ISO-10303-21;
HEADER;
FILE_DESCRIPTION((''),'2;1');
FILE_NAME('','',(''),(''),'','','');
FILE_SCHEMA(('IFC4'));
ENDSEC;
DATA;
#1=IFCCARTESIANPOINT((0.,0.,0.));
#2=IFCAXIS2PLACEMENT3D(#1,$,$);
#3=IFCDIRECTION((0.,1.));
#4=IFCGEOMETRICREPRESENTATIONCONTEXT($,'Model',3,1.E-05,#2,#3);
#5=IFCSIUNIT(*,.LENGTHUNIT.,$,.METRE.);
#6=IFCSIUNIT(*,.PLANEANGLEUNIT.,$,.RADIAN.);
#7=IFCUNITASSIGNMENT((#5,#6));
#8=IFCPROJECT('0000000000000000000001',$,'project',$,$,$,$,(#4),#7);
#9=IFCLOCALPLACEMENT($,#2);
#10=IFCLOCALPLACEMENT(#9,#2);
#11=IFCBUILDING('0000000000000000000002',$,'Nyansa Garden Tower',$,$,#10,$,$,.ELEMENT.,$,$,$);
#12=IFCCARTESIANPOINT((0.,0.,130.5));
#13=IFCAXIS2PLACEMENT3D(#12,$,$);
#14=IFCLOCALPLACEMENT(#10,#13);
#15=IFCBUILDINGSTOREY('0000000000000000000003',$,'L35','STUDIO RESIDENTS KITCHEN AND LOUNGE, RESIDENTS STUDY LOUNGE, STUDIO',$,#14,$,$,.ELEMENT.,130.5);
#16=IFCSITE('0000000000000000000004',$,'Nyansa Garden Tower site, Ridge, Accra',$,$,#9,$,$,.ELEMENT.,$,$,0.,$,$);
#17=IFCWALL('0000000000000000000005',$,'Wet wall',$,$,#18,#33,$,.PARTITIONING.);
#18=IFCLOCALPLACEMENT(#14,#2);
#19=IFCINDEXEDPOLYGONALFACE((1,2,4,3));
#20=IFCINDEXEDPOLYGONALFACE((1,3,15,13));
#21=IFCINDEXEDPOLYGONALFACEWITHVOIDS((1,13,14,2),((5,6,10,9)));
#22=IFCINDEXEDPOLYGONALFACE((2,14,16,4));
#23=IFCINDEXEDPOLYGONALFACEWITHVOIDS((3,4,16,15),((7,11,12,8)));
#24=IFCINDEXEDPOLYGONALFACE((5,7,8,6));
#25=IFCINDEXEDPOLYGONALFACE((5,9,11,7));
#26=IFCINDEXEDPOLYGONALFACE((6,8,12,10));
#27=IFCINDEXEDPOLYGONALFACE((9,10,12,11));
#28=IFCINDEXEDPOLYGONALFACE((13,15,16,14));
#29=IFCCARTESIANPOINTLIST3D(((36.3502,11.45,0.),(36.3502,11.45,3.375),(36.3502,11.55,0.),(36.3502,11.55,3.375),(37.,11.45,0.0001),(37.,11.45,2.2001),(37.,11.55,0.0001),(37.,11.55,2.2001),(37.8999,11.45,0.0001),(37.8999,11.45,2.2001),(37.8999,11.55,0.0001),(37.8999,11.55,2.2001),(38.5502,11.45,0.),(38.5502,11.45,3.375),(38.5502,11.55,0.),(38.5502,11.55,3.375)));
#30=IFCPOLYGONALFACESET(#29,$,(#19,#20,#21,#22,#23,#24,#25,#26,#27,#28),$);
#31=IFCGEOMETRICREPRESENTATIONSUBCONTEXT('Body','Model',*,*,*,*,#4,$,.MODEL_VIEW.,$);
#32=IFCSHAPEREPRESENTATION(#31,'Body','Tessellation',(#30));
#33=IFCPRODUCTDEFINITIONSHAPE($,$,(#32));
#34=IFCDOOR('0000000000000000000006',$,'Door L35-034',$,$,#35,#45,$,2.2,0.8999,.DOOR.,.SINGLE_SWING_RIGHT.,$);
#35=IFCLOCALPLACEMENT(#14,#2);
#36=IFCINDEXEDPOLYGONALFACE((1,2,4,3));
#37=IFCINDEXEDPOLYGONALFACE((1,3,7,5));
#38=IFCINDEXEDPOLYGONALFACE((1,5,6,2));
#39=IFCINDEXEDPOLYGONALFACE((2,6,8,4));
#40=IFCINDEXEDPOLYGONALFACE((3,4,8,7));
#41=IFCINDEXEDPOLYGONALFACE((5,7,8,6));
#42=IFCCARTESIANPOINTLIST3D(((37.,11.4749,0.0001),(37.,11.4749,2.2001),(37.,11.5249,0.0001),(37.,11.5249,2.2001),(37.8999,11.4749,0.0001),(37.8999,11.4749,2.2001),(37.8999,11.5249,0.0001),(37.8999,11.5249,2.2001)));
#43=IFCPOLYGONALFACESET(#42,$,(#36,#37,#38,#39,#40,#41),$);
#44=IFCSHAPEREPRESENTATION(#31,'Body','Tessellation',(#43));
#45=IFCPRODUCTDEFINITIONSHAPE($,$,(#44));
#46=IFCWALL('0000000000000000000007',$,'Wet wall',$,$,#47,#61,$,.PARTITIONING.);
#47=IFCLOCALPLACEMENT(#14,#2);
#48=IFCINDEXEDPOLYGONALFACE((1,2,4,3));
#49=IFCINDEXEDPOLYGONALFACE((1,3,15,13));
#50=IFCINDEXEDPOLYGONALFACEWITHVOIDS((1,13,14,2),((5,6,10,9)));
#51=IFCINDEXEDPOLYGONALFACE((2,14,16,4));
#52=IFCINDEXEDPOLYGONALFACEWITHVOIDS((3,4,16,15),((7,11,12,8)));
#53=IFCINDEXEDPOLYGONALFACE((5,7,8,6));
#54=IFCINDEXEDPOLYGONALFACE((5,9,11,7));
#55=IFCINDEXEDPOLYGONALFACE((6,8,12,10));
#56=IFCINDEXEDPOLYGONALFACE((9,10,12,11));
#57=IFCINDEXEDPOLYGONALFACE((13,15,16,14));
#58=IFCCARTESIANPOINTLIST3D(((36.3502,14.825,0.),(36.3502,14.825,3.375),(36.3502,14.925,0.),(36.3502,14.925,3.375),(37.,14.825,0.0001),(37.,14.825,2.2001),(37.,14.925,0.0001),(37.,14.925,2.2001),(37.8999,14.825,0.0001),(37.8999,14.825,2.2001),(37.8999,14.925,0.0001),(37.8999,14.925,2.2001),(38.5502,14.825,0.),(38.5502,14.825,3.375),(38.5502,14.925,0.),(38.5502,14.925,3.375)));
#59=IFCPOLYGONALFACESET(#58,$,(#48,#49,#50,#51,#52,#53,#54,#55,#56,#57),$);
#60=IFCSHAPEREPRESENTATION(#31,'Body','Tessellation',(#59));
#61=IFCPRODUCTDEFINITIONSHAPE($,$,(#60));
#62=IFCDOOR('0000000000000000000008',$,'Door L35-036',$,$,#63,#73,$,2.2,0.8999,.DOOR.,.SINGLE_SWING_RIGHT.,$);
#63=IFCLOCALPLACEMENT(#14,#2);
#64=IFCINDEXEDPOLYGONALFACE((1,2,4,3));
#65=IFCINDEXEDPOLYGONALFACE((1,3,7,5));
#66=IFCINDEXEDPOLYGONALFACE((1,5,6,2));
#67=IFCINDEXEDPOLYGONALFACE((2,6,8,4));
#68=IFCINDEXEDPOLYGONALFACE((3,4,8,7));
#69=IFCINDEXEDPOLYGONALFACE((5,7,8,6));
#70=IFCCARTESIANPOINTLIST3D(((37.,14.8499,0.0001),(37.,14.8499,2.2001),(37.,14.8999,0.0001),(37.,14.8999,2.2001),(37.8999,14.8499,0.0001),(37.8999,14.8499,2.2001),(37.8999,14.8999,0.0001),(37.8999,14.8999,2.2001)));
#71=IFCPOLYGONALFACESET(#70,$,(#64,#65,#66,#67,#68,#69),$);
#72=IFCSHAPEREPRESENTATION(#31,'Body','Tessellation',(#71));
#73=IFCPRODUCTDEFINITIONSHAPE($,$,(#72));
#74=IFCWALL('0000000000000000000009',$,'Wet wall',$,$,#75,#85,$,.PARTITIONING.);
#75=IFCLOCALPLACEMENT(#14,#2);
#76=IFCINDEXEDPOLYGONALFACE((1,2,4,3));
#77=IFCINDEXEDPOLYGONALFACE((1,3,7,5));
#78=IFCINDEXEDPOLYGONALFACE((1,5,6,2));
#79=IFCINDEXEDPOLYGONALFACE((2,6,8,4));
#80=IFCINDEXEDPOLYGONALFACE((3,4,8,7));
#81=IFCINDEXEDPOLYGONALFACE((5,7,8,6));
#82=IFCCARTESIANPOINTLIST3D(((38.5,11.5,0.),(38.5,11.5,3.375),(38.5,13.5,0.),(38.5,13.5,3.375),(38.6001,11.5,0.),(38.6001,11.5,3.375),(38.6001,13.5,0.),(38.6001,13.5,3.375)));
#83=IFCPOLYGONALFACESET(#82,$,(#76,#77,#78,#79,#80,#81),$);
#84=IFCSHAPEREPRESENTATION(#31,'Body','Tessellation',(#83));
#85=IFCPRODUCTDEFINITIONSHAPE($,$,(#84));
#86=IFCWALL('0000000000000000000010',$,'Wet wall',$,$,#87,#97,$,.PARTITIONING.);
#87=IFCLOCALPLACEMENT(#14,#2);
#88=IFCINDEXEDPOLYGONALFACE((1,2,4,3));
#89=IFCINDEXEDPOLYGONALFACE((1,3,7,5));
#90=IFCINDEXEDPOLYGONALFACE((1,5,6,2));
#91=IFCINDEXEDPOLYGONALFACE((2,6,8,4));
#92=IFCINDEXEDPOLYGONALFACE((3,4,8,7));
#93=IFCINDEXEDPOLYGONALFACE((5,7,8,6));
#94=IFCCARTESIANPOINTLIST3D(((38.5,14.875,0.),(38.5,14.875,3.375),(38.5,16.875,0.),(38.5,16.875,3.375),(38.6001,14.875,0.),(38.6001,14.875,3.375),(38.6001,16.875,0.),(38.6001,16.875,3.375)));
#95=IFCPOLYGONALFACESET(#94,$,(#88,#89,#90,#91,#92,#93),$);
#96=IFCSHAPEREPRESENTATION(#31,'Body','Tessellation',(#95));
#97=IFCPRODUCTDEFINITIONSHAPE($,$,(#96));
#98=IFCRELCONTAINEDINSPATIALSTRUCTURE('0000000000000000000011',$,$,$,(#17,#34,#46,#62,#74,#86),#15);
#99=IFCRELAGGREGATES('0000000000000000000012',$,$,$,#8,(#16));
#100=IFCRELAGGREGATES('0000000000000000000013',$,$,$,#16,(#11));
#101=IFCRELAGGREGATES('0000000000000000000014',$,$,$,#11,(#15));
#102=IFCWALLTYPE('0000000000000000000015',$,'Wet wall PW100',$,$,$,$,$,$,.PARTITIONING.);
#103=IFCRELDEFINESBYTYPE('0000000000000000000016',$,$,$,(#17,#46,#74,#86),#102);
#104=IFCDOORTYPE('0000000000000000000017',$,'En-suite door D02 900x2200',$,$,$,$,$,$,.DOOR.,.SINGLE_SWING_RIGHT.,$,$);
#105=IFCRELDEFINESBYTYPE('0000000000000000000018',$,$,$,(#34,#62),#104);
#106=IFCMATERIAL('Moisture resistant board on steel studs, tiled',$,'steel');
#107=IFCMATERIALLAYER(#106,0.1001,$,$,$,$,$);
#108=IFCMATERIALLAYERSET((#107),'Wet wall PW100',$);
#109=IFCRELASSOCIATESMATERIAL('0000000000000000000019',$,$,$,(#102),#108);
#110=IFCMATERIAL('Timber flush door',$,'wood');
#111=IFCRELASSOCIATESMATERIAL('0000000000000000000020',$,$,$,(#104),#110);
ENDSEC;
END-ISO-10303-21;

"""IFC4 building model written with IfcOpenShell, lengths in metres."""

from ifc_helpers import new_model, si_unit, direction, frame, frame_2d, origin, place, context, subcontext, project, spatial, rectangle, extrude, material, layer, layer_set, type_object, element, fill, save


model = new_model("IFC4")

# Units and contexts
model_context = context("Model", 3, precision=1e-05, world=origin(), true_north=direction((0.0, 1.0)))
body_context = subcontext(model_context, "Body", "Model", "MODEL_VIEW")
ifc_project = project(units=[si_unit("LENGTHUNIT", "METRE"), si_unit("PLANEANGLEUNIT", "RADIAN")], contexts=[model_context])

# Site, building, storey
site_placement = place(None, origin())
site = spatial("IfcSite", under=ifc_project, at=site_placement, Name="Nyansa Garden Tower site, Ridge, Accra", CompositionType="ELEMENT", RefElevation=0.0)
building_placement = place(site_placement, origin())
building = spatial("IfcBuilding", under=site, at=building_placement, Name="Nyansa Garden Tower", CompositionType="ELEMENT")
storey_placement = place(building_placement, frame((0.0, 0.0, 130.5)))
storey = spatial("IfcBuildingStorey", under=building, at=storey_placement, Name="L35", Description="STUDIO RESIDENTS KITCHEN AND LOUNGE, RESIDENTS STUDY LOUNGE, STUDIO", CompositionType="ELEMENT", Elevation=130.5)

# Walls, openings, doors
ifc_material_1 = material(Name="Moisture resistant board on steel studs, tiled", Category="steel")
ifc_layer_1 = layer(ifc_material_1, 0.1001)
ifc_layer_set_1 = layer_set([ifc_layer_1], Name="Wet wall PW100")
wall_type_1 = type_object("IfcWallType", Name="Wet wall PW100", PredefinedType="PARTITIONING", material=ifc_layer_set_1)
wall_1_placement = place(storey_placement, frame((36.3501, 11.5, 0.0), z_axis=(0.0, 0.0, 1.0), x_axis=(1.0, 0.0, 0.0)))
wall_1 = element("IfcWall", 1, at=wall_1_placement, inside=storey, type_object=wall_type_1, Name="Wet wall", PredefinedType="PARTITIONING", context=body_context, shape_type="SweptSolid", body=[
    extrude(rectangle(XDim=2.2, YDim=0.1001, at=frame_2d((1.1001, 0.0))), origin(), (0.0, 0.0, 1.0), 3.375),
])
opening_1_placement = place(wall_1_placement, frame((0.6499, 0.0, 0.0)))
opening_1 = element("IfcOpeningElement", 2, at=opening_1_placement, cuts=wall_1, PredefinedType="OPENING", context=body_context, shape_type="SweptSolid", body=[
    extrude(rectangle(XDim=0.8999, YDim=2.2, at=frame_2d((0.45, 1.1001))), frame((0.0, 0.0601, 0.0), z_axis=(0.0, -1.0, 0.0), x_axis=(1.0, 0.0, 0.0)), (0.0, 0.0, 1.0), 0.1201),
])
ifc_material_2 = material(Name="Timber flush door", Category="wood")
door_type_1 = type_object("IfcDoorType", Name="En-suite door D02 900x2200", OperationType="SINGLE_SWING_RIGHT", PredefinedType="DOOR", material=ifc_material_2)
door_1_placement = place(opening_1_placement, origin())
door_1 = element("IfcDoor", 3, at=door_1_placement, inside=storey, type_object=door_type_1, Name="Door L35-034", OperationType="SINGLE_SWING_RIGHT", OverallHeight=2.2, OverallWidth=0.8999, PredefinedType="DOOR", context=body_context, shape_type="SweptSolid", body=[
    extrude(rectangle(XDim=0.8999, YDim=2.2, at=frame_2d((0.45, 1.1001))), frame((0.0, 0.0249, 0.0), z_axis=(0.0, -1.0, 0.0), x_axis=(1.0, 0.0, 0.0)), (0.0, 0.0, 1.0), 0.05),
])
fill(opening_1, door_1)
wall_2_placement = place(storey_placement, frame((36.3501, 14.875, 0.0), z_axis=(0.0, 0.0, 1.0), x_axis=(1.0, 0.0, 0.0)))
wall_2 = element("IfcWall", 4, at=wall_2_placement, inside=storey, type_object=wall_type_1, Name="Wet wall", PredefinedType="PARTITIONING", context=body_context, shape_type="SweptSolid", body=[
    extrude(rectangle(XDim=2.2, YDim=0.1001, at=frame_2d((1.1001, 0.0))), origin(), (0.0, 0.0, 1.0), 3.375),
])
opening_2_placement = place(wall_2_placement, frame((0.6499, 0.0, 0.0)))
opening_2 = element("IfcOpeningElement", 5, at=opening_2_placement, cuts=wall_2, PredefinedType="OPENING", context=body_context, shape_type="SweptSolid", body=[
    extrude(rectangle(XDim=0.8999, YDim=2.2, at=frame_2d((0.45, 1.1001))), frame((0.0, 0.0601, 0.0), z_axis=(0.0, -1.0, 0.0), x_axis=(1.0, 0.0, 0.0)), (0.0, 0.0, 1.0), 0.1201),
])
door_2_placement = place(opening_2_placement, origin())
door_2 = element("IfcDoor", 6, at=door_2_placement, inside=storey, type_object=door_type_1, Name="Door L35-036", OperationType="SINGLE_SWING_RIGHT", OverallHeight=2.2, OverallWidth=0.8999, PredefinedType="DOOR", context=body_context, shape_type="SweptSolid", body=[
    extrude(rectangle(XDim=0.8999, YDim=2.2, at=frame_2d((0.45, 1.1001))), frame((0.0, 0.0249, 0.0), z_axis=(0.0, -1.0, 0.0), x_axis=(1.0, 0.0, 0.0)), (0.0, 0.0, 1.0), 0.05),
])
fill(opening_2, door_2)

# Walls
for number, where, z_axis, x_axis, name in (
    (7, (38.55, 11.5, 0.0), (0.0, 0.0, 1.0), (0.0, 1.0, 0.0), "Wet wall"),
    (8, (38.55, 14.875, 0.0), (0.0, 0.0, 1.0), (0.0, 1.0, 0.0), "Wet wall"),
):
    element("IfcWall", number, at=place(storey_placement, frame(where, z_axis=z_axis, x_axis=x_axis)), inside=storey, type_object=wall_type_1, Name=name, PredefinedType="PARTITIONING", context=body_context, shape_type="SweptSolid", body=[
        extrude(rectangle(XDim=2.0, YDim=0.1001, at=frame_2d((1.0, 0.0))), origin(), (0.0, 0.0, 1.0), 3.375),
    ])

save(model, "model.ifc")
